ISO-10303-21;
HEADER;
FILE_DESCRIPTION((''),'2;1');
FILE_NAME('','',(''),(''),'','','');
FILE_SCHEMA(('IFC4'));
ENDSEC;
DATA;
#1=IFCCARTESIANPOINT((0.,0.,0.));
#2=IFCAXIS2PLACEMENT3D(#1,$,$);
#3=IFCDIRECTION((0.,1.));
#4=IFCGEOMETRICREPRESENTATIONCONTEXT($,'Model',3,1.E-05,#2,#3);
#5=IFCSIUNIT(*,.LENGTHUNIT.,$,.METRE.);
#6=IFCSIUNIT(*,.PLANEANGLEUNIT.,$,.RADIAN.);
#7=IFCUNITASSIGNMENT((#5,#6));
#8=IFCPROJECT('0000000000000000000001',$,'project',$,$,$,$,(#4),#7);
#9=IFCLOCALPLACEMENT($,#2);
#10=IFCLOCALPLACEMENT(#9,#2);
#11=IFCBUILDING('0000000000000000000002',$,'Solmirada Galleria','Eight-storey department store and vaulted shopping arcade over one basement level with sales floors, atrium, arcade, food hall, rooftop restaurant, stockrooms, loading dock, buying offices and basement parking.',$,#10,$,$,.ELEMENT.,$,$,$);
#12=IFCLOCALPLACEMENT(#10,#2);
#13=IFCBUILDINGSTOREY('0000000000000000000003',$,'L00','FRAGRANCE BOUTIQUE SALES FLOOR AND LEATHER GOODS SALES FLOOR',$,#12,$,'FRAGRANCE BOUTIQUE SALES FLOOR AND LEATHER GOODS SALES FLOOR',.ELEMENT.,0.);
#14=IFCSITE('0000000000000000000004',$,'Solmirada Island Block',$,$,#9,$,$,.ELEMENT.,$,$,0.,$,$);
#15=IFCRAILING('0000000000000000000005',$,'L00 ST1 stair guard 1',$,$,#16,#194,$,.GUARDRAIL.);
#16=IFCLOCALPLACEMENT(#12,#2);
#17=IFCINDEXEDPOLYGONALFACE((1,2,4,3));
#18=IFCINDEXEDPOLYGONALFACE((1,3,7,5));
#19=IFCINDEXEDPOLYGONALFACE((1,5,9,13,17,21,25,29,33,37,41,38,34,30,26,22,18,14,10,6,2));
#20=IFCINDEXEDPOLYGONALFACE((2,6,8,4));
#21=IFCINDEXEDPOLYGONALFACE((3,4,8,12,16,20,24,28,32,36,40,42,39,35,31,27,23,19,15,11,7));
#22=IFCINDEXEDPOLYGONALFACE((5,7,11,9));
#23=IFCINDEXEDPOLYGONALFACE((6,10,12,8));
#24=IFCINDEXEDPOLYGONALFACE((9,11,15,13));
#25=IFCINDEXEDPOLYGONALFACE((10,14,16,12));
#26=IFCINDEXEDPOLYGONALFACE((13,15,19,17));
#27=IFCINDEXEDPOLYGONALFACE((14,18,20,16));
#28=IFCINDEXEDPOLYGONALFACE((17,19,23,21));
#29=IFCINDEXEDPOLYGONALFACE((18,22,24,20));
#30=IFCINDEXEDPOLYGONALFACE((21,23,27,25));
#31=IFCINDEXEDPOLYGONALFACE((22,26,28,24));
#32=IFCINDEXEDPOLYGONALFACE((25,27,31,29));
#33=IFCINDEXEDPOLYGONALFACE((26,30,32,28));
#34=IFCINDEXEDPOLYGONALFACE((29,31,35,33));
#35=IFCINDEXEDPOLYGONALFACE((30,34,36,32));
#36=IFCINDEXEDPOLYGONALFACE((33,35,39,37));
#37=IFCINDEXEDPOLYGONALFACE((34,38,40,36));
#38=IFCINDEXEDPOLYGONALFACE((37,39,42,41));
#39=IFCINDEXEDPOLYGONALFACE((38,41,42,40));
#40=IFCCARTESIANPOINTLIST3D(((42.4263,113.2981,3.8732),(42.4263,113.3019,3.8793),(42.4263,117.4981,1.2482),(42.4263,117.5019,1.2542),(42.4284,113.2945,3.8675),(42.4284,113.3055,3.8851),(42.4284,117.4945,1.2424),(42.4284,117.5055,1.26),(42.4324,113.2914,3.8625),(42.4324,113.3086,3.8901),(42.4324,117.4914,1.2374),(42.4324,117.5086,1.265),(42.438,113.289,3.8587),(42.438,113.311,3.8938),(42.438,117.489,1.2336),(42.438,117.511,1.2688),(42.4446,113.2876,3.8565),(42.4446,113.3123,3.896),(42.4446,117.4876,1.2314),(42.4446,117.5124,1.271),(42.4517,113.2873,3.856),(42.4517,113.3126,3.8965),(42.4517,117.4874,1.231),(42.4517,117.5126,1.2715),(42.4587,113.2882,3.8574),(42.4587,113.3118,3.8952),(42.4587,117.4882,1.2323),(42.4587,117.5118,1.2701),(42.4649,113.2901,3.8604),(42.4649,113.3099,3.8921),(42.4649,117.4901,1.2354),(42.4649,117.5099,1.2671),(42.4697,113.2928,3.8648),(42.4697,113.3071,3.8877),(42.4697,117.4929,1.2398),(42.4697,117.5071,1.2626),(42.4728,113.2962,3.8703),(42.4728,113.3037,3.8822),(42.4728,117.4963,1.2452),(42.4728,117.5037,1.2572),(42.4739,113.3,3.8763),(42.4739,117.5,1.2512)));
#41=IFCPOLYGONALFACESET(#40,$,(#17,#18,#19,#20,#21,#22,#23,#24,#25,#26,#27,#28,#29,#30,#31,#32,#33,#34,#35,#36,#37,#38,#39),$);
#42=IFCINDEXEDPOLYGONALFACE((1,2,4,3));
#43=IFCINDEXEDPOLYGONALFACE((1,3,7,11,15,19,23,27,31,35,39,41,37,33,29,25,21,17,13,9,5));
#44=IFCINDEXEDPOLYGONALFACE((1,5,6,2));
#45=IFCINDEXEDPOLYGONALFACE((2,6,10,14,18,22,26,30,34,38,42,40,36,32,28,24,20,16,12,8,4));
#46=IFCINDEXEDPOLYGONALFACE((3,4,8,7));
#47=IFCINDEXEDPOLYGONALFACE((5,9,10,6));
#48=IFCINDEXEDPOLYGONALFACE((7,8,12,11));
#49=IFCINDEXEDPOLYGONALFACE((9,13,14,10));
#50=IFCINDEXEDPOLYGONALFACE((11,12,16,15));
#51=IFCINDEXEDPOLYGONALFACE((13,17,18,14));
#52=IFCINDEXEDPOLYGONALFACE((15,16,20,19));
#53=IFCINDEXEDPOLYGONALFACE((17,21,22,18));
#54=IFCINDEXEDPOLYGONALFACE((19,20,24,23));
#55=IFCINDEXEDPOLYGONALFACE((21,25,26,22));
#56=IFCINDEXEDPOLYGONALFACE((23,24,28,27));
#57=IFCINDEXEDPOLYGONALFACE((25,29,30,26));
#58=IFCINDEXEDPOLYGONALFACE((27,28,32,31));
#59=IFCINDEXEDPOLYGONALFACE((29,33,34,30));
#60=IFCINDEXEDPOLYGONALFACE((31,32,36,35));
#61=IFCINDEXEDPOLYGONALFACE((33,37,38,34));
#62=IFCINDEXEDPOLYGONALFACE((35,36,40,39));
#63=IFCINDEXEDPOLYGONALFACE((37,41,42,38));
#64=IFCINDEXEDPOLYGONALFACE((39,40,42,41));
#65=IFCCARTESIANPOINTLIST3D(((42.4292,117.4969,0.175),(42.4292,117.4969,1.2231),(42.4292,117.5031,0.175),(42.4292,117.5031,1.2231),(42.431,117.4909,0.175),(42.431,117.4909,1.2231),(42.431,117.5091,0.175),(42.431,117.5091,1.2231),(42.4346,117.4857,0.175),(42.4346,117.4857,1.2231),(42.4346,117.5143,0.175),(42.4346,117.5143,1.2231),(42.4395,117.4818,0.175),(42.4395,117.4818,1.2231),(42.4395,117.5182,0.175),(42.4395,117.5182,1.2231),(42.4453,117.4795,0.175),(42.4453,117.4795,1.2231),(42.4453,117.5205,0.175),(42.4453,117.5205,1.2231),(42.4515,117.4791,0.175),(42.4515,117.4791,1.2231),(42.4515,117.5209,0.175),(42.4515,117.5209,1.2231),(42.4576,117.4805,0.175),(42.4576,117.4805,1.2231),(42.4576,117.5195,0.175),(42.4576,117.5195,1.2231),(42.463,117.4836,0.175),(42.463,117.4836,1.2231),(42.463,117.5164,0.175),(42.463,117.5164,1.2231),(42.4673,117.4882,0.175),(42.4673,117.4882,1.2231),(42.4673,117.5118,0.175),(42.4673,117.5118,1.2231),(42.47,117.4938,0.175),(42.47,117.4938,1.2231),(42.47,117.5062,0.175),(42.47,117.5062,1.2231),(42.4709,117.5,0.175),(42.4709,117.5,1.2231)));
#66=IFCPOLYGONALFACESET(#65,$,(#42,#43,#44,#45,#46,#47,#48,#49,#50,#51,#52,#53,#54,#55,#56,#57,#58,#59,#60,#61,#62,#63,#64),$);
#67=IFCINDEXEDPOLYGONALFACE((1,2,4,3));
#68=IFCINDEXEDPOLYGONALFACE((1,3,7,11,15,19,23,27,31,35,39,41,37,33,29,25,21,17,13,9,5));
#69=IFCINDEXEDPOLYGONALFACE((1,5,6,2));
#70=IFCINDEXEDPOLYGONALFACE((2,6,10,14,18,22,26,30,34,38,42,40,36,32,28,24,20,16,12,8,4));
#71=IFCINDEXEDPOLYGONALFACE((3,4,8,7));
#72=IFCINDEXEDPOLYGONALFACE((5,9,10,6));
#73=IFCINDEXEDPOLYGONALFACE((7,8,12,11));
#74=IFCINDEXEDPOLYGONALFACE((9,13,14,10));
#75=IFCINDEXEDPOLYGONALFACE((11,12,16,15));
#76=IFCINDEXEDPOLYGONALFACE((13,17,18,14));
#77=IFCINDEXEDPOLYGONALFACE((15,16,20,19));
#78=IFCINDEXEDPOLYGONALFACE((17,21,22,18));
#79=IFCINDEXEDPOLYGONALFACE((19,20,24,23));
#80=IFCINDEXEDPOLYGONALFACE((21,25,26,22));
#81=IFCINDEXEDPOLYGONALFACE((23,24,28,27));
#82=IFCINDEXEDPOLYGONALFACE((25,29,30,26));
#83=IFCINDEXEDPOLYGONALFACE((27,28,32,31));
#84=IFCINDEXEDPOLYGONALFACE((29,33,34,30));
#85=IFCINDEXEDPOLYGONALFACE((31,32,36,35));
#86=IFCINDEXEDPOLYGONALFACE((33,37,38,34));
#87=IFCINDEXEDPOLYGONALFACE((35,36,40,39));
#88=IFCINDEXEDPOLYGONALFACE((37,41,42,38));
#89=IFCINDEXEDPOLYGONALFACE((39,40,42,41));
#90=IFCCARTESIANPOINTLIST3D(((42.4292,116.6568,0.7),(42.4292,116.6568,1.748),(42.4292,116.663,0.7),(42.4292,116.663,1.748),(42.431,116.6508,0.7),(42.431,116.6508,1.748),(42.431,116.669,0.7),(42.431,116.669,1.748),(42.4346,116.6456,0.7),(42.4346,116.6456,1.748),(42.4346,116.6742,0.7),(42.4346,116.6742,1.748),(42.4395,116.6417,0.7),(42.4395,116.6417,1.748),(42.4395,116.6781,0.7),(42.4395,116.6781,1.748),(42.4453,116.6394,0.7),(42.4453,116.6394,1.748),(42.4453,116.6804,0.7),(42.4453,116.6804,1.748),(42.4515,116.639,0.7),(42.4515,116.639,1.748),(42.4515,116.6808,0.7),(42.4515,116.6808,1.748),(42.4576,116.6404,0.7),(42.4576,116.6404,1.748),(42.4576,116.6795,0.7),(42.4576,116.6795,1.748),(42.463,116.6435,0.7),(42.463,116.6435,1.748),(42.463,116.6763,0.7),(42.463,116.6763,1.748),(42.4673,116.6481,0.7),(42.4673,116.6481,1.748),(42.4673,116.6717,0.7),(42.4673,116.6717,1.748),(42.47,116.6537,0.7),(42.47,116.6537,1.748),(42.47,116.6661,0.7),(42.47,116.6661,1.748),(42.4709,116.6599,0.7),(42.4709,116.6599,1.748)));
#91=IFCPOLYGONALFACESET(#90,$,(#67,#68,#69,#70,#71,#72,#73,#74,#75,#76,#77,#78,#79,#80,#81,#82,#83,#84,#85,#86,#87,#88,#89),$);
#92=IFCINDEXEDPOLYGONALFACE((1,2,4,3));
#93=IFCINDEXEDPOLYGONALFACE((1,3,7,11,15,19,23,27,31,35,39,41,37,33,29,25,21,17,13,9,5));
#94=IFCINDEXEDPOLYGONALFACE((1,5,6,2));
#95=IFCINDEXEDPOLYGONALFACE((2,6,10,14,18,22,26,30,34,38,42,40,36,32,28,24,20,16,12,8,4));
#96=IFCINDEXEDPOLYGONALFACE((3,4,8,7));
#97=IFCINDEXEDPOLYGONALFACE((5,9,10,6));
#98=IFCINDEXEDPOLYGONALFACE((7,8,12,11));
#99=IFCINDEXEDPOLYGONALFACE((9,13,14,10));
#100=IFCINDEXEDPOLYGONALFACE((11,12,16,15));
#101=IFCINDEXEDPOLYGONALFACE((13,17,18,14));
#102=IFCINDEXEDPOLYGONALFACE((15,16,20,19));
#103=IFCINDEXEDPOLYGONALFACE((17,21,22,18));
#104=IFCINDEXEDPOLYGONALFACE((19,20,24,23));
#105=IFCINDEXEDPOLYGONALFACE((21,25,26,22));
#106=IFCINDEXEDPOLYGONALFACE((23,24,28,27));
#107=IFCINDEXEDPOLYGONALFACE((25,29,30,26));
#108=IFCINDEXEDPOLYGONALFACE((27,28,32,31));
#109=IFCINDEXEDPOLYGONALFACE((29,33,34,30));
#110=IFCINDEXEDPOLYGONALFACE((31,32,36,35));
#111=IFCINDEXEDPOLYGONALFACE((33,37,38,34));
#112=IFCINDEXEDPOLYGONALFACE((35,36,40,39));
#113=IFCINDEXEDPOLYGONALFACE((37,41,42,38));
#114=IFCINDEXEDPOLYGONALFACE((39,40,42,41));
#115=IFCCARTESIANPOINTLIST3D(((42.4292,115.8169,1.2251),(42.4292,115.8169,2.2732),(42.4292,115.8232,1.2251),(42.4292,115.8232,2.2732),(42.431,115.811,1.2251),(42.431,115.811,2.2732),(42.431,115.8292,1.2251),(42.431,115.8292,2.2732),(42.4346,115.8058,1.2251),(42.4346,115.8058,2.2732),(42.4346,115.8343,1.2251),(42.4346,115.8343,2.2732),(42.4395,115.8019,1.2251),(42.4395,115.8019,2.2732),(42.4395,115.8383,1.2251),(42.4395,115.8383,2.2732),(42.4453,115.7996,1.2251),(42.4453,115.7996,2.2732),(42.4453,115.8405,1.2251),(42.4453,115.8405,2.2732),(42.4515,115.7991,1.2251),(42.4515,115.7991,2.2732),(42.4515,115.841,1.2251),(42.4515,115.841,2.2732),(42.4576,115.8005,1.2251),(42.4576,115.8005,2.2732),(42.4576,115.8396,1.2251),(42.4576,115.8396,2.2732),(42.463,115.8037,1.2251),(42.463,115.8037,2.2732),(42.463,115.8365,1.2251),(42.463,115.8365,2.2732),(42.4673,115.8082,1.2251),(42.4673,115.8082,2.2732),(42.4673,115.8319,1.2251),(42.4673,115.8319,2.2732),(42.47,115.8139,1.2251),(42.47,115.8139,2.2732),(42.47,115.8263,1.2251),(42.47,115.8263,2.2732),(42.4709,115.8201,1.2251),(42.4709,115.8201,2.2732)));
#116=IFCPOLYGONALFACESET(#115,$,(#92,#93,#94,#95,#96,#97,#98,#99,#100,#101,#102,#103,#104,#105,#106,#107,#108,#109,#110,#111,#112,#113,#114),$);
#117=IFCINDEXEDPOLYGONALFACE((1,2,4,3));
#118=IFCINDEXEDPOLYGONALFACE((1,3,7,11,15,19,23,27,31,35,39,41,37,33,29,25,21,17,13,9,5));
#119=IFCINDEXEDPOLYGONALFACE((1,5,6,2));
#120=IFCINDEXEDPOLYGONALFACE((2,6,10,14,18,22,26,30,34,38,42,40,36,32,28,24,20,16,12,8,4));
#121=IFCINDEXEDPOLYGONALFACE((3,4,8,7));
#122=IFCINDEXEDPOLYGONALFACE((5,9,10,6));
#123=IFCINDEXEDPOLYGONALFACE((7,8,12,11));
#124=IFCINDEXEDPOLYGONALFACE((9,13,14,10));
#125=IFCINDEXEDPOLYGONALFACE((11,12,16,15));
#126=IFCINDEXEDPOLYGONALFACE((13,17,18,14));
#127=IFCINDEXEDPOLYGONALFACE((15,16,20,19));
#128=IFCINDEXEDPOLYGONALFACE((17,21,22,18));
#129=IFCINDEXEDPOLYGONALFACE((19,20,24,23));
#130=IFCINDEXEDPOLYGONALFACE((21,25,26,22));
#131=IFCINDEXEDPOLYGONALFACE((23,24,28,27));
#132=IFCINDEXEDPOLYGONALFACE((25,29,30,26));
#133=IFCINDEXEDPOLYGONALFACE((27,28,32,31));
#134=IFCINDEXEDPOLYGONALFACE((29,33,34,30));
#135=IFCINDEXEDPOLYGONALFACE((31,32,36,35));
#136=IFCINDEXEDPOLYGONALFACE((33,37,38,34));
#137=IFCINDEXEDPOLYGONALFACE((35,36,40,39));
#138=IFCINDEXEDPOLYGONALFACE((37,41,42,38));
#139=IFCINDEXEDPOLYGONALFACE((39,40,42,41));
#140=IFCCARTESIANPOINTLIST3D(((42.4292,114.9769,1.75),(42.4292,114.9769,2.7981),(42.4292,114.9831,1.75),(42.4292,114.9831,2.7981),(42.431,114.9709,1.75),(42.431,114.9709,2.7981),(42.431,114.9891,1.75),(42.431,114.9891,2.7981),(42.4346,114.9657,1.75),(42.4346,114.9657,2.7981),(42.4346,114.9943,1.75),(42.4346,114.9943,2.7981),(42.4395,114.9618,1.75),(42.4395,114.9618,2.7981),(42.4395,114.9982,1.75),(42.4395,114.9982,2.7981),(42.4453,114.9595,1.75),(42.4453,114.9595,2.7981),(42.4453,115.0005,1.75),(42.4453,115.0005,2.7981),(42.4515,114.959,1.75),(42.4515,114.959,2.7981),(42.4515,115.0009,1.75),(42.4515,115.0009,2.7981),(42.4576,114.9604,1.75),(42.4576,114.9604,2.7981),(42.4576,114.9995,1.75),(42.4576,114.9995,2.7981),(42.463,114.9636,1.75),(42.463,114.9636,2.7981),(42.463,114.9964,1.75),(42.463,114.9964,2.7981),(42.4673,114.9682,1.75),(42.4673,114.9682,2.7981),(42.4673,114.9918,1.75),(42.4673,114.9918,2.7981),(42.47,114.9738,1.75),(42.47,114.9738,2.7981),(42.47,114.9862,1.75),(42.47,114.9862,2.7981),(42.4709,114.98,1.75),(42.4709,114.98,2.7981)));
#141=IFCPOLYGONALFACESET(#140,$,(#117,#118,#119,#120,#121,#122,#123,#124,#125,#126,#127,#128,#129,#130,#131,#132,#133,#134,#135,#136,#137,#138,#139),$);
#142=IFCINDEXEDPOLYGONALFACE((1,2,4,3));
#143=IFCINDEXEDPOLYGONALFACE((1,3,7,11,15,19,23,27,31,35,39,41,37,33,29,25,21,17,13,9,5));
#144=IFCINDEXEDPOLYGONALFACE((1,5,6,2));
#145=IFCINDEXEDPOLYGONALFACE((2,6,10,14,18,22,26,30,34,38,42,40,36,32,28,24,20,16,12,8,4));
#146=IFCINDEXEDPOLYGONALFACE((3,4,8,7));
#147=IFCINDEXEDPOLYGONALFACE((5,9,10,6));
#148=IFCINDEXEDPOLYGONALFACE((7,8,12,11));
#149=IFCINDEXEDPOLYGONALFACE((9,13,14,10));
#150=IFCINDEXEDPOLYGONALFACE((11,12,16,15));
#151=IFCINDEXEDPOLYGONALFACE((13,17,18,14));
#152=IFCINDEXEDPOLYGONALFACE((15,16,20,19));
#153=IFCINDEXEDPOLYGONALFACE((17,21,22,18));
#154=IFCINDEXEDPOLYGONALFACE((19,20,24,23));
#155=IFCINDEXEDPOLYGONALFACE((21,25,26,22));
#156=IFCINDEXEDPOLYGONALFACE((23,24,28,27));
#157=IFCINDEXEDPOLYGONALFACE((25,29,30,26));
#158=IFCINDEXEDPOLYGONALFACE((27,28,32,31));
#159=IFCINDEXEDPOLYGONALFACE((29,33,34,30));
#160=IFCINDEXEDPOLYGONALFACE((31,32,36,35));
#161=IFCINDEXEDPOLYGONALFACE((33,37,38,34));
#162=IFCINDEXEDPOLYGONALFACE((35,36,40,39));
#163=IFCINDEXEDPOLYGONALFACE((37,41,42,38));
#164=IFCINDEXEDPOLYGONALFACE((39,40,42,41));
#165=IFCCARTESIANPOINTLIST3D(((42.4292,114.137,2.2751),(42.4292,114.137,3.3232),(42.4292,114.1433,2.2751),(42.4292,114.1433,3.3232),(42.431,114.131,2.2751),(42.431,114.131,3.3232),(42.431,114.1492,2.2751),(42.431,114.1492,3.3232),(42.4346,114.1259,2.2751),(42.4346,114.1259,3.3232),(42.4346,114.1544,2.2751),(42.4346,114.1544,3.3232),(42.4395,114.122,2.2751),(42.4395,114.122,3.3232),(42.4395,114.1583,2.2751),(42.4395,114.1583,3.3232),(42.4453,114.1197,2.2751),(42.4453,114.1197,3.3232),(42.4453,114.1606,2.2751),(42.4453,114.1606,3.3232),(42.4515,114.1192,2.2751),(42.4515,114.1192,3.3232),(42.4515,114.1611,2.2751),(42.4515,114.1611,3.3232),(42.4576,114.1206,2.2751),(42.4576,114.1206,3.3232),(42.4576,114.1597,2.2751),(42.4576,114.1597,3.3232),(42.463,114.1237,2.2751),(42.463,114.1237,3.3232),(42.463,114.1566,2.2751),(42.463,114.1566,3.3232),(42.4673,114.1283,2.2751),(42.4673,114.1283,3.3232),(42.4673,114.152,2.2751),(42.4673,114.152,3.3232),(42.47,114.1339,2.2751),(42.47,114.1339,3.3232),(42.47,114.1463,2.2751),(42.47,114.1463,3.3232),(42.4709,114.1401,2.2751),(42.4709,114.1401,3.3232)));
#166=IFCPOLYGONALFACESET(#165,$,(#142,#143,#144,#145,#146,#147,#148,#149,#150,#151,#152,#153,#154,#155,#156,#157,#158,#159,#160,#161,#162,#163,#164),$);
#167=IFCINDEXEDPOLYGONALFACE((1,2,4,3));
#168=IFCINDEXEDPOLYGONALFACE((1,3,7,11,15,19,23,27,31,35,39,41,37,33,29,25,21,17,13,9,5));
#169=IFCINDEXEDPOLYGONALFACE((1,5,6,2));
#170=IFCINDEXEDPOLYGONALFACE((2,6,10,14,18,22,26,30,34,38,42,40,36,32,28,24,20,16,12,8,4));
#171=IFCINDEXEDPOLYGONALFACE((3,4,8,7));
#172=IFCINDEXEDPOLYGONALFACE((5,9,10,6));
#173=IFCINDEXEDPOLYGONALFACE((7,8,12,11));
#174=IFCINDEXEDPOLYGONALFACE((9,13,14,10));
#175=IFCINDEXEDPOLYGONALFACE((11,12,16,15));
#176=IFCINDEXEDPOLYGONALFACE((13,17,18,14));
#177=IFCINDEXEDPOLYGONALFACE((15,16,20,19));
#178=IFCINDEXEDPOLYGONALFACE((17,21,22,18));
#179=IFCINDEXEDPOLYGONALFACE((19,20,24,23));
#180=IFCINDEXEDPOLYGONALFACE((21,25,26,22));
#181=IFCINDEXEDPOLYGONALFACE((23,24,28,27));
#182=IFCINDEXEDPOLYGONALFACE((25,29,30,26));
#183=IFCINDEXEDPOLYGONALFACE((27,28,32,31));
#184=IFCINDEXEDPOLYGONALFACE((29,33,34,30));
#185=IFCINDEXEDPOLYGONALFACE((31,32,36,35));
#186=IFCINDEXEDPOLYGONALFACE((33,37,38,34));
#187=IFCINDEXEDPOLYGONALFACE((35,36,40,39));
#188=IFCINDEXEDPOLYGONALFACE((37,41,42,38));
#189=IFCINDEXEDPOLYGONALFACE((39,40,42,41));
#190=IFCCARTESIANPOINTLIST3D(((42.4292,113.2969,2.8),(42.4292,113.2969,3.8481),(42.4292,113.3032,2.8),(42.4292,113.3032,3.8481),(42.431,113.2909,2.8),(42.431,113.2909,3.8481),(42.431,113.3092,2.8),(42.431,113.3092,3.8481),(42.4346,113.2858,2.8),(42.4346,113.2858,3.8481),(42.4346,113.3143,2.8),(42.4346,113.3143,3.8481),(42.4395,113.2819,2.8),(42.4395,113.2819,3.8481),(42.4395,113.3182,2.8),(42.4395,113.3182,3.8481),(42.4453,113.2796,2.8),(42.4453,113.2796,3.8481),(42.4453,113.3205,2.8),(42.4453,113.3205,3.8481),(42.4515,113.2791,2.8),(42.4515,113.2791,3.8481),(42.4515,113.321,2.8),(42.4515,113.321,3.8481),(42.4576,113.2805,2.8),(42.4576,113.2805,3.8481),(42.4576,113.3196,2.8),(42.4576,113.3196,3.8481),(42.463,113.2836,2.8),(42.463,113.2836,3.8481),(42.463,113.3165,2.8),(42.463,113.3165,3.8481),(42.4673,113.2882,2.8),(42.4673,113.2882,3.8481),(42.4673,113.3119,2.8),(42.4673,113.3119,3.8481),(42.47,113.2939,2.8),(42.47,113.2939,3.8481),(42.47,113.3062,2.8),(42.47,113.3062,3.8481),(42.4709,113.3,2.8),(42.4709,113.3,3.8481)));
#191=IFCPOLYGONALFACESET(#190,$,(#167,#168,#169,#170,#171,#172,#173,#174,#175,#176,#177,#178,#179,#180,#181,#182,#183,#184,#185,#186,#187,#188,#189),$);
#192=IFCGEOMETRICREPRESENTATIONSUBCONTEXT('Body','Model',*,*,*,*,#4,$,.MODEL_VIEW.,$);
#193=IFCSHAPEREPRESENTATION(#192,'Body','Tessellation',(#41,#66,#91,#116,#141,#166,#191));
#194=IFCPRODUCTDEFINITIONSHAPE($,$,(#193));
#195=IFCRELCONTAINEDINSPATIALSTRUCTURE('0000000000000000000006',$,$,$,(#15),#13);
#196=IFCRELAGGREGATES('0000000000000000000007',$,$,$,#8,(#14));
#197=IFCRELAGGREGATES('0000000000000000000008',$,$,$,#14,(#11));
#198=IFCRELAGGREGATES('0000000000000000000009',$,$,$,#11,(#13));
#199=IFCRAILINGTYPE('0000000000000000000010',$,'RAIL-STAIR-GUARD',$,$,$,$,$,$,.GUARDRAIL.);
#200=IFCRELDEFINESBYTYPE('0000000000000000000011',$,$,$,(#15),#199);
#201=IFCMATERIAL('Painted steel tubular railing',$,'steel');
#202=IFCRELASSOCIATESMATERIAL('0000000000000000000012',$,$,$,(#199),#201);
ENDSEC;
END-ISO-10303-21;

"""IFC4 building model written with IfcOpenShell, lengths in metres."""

from ifc_helpers import new_model, si_unit, direction, frame, origin, origin_2d, place, context, subcontext, project, spatial, circle, extrude, material, type_object, element, save


model = new_model("IFC4")

# Units and contexts
model_context = context("Model", 3, precision=1e-05, world=origin(), true_north=direction((0.0, 1.0)))
body_context = subcontext(model_context, "Body", "Model", "MODEL_VIEW")
ifc_project = project(units=[si_unit("LENGTHUNIT", "METRE"), si_unit("PLANEANGLEUNIT", "RADIAN")], contexts=[model_context])

# Site, building, storey
site_placement = place(None, origin())
site = spatial("IfcSite", under=ifc_project, at=site_placement, Name="Solmirada Island Block", CompositionType="ELEMENT", RefElevation=0.0)
building_placement = place(site_placement, origin())
building = spatial("IfcBuilding", under=site, at=building_placement, Name="Solmirada Galleria", Description="Eight-storey department store and vaulted shopping arcade over one basement level with sales floors, atrium, arcade, food hall, rooftop restaurant, stockrooms, loading dock, buying offices and basement parking.", CompositionType="ELEMENT")
storey_placement = place(building_placement, origin())
storey = spatial("IfcBuildingStorey", under=building, at=storey_placement, Name="L00", Description="FRAGRANCE BOUTIQUE SALES FLOOR AND LEATHER GOODS SALES FLOOR", LongName="FRAGRANCE BOUTIQUE SALES FLOOR AND LEATHER GOODS SALES FLOOR", CompositionType="ELEMENT", Elevation=0.0)

# Railing
ifc_material_1 = material(Name="Painted steel tubular railing", Category="steel")
railing_type_1 = type_object("IfcRailingType", Name="RAIL-STAIR-GUARD", PredefinedType="GUARDRAIL", material=ifc_material_1)
railing_1_placement = place(storey_placement, frame((42.45, 117.5, 0.175)))
element("IfcRailing", 1, at=railing_1_placement, inside=storey, type_object=railing_type_1, Name="L00 ST1 stair guard 1", PredefinedType="GUARDRAIL", context=body_context, shape_type="SweptSolid", body=[
    extrude(circle(Radius=0.0239, at=origin_2d()), frame((0.0, 0.0, 1.0762), z_axis=(0.0, -0.847996, 0.530003), x_axis=(1.0, 0.0, 0.0)), (0.0, 0.0, 1.0), 4.9529),
    extrude(circle(Radius=0.021, at=origin_2d()), origin(), (0.0, 0.0, 1.0), 1.0481),
    extrude(circle(Radius=0.021, at=origin_2d()), frame((0.0, -0.8401, 0.5249)), (0.0, 0.0, 1.0), 1.0481),
    extrude(circle(Radius=0.021, at=origin_2d()), frame((0.0, -1.6799, 1.05)), (0.0, 0.0, 1.0), 1.0481),
    extrude(circle(Radius=0.021, at=origin_2d()), frame((0.0, -2.52, 1.575)), (0.0, 0.0, 1.0), 1.0481),
    extrude(circle(Radius=0.021, at=origin_2d()), frame((0.0, -3.3599, 2.1001)), (0.0, 0.0, 1.0), 1.0481),
    extrude(circle(Radius=0.021, at=origin_2d()), frame((0.0, -4.2, 2.625)), (0.0, 0.0, 1.0), 1.0481),
])

save(model, "model.ifc")
